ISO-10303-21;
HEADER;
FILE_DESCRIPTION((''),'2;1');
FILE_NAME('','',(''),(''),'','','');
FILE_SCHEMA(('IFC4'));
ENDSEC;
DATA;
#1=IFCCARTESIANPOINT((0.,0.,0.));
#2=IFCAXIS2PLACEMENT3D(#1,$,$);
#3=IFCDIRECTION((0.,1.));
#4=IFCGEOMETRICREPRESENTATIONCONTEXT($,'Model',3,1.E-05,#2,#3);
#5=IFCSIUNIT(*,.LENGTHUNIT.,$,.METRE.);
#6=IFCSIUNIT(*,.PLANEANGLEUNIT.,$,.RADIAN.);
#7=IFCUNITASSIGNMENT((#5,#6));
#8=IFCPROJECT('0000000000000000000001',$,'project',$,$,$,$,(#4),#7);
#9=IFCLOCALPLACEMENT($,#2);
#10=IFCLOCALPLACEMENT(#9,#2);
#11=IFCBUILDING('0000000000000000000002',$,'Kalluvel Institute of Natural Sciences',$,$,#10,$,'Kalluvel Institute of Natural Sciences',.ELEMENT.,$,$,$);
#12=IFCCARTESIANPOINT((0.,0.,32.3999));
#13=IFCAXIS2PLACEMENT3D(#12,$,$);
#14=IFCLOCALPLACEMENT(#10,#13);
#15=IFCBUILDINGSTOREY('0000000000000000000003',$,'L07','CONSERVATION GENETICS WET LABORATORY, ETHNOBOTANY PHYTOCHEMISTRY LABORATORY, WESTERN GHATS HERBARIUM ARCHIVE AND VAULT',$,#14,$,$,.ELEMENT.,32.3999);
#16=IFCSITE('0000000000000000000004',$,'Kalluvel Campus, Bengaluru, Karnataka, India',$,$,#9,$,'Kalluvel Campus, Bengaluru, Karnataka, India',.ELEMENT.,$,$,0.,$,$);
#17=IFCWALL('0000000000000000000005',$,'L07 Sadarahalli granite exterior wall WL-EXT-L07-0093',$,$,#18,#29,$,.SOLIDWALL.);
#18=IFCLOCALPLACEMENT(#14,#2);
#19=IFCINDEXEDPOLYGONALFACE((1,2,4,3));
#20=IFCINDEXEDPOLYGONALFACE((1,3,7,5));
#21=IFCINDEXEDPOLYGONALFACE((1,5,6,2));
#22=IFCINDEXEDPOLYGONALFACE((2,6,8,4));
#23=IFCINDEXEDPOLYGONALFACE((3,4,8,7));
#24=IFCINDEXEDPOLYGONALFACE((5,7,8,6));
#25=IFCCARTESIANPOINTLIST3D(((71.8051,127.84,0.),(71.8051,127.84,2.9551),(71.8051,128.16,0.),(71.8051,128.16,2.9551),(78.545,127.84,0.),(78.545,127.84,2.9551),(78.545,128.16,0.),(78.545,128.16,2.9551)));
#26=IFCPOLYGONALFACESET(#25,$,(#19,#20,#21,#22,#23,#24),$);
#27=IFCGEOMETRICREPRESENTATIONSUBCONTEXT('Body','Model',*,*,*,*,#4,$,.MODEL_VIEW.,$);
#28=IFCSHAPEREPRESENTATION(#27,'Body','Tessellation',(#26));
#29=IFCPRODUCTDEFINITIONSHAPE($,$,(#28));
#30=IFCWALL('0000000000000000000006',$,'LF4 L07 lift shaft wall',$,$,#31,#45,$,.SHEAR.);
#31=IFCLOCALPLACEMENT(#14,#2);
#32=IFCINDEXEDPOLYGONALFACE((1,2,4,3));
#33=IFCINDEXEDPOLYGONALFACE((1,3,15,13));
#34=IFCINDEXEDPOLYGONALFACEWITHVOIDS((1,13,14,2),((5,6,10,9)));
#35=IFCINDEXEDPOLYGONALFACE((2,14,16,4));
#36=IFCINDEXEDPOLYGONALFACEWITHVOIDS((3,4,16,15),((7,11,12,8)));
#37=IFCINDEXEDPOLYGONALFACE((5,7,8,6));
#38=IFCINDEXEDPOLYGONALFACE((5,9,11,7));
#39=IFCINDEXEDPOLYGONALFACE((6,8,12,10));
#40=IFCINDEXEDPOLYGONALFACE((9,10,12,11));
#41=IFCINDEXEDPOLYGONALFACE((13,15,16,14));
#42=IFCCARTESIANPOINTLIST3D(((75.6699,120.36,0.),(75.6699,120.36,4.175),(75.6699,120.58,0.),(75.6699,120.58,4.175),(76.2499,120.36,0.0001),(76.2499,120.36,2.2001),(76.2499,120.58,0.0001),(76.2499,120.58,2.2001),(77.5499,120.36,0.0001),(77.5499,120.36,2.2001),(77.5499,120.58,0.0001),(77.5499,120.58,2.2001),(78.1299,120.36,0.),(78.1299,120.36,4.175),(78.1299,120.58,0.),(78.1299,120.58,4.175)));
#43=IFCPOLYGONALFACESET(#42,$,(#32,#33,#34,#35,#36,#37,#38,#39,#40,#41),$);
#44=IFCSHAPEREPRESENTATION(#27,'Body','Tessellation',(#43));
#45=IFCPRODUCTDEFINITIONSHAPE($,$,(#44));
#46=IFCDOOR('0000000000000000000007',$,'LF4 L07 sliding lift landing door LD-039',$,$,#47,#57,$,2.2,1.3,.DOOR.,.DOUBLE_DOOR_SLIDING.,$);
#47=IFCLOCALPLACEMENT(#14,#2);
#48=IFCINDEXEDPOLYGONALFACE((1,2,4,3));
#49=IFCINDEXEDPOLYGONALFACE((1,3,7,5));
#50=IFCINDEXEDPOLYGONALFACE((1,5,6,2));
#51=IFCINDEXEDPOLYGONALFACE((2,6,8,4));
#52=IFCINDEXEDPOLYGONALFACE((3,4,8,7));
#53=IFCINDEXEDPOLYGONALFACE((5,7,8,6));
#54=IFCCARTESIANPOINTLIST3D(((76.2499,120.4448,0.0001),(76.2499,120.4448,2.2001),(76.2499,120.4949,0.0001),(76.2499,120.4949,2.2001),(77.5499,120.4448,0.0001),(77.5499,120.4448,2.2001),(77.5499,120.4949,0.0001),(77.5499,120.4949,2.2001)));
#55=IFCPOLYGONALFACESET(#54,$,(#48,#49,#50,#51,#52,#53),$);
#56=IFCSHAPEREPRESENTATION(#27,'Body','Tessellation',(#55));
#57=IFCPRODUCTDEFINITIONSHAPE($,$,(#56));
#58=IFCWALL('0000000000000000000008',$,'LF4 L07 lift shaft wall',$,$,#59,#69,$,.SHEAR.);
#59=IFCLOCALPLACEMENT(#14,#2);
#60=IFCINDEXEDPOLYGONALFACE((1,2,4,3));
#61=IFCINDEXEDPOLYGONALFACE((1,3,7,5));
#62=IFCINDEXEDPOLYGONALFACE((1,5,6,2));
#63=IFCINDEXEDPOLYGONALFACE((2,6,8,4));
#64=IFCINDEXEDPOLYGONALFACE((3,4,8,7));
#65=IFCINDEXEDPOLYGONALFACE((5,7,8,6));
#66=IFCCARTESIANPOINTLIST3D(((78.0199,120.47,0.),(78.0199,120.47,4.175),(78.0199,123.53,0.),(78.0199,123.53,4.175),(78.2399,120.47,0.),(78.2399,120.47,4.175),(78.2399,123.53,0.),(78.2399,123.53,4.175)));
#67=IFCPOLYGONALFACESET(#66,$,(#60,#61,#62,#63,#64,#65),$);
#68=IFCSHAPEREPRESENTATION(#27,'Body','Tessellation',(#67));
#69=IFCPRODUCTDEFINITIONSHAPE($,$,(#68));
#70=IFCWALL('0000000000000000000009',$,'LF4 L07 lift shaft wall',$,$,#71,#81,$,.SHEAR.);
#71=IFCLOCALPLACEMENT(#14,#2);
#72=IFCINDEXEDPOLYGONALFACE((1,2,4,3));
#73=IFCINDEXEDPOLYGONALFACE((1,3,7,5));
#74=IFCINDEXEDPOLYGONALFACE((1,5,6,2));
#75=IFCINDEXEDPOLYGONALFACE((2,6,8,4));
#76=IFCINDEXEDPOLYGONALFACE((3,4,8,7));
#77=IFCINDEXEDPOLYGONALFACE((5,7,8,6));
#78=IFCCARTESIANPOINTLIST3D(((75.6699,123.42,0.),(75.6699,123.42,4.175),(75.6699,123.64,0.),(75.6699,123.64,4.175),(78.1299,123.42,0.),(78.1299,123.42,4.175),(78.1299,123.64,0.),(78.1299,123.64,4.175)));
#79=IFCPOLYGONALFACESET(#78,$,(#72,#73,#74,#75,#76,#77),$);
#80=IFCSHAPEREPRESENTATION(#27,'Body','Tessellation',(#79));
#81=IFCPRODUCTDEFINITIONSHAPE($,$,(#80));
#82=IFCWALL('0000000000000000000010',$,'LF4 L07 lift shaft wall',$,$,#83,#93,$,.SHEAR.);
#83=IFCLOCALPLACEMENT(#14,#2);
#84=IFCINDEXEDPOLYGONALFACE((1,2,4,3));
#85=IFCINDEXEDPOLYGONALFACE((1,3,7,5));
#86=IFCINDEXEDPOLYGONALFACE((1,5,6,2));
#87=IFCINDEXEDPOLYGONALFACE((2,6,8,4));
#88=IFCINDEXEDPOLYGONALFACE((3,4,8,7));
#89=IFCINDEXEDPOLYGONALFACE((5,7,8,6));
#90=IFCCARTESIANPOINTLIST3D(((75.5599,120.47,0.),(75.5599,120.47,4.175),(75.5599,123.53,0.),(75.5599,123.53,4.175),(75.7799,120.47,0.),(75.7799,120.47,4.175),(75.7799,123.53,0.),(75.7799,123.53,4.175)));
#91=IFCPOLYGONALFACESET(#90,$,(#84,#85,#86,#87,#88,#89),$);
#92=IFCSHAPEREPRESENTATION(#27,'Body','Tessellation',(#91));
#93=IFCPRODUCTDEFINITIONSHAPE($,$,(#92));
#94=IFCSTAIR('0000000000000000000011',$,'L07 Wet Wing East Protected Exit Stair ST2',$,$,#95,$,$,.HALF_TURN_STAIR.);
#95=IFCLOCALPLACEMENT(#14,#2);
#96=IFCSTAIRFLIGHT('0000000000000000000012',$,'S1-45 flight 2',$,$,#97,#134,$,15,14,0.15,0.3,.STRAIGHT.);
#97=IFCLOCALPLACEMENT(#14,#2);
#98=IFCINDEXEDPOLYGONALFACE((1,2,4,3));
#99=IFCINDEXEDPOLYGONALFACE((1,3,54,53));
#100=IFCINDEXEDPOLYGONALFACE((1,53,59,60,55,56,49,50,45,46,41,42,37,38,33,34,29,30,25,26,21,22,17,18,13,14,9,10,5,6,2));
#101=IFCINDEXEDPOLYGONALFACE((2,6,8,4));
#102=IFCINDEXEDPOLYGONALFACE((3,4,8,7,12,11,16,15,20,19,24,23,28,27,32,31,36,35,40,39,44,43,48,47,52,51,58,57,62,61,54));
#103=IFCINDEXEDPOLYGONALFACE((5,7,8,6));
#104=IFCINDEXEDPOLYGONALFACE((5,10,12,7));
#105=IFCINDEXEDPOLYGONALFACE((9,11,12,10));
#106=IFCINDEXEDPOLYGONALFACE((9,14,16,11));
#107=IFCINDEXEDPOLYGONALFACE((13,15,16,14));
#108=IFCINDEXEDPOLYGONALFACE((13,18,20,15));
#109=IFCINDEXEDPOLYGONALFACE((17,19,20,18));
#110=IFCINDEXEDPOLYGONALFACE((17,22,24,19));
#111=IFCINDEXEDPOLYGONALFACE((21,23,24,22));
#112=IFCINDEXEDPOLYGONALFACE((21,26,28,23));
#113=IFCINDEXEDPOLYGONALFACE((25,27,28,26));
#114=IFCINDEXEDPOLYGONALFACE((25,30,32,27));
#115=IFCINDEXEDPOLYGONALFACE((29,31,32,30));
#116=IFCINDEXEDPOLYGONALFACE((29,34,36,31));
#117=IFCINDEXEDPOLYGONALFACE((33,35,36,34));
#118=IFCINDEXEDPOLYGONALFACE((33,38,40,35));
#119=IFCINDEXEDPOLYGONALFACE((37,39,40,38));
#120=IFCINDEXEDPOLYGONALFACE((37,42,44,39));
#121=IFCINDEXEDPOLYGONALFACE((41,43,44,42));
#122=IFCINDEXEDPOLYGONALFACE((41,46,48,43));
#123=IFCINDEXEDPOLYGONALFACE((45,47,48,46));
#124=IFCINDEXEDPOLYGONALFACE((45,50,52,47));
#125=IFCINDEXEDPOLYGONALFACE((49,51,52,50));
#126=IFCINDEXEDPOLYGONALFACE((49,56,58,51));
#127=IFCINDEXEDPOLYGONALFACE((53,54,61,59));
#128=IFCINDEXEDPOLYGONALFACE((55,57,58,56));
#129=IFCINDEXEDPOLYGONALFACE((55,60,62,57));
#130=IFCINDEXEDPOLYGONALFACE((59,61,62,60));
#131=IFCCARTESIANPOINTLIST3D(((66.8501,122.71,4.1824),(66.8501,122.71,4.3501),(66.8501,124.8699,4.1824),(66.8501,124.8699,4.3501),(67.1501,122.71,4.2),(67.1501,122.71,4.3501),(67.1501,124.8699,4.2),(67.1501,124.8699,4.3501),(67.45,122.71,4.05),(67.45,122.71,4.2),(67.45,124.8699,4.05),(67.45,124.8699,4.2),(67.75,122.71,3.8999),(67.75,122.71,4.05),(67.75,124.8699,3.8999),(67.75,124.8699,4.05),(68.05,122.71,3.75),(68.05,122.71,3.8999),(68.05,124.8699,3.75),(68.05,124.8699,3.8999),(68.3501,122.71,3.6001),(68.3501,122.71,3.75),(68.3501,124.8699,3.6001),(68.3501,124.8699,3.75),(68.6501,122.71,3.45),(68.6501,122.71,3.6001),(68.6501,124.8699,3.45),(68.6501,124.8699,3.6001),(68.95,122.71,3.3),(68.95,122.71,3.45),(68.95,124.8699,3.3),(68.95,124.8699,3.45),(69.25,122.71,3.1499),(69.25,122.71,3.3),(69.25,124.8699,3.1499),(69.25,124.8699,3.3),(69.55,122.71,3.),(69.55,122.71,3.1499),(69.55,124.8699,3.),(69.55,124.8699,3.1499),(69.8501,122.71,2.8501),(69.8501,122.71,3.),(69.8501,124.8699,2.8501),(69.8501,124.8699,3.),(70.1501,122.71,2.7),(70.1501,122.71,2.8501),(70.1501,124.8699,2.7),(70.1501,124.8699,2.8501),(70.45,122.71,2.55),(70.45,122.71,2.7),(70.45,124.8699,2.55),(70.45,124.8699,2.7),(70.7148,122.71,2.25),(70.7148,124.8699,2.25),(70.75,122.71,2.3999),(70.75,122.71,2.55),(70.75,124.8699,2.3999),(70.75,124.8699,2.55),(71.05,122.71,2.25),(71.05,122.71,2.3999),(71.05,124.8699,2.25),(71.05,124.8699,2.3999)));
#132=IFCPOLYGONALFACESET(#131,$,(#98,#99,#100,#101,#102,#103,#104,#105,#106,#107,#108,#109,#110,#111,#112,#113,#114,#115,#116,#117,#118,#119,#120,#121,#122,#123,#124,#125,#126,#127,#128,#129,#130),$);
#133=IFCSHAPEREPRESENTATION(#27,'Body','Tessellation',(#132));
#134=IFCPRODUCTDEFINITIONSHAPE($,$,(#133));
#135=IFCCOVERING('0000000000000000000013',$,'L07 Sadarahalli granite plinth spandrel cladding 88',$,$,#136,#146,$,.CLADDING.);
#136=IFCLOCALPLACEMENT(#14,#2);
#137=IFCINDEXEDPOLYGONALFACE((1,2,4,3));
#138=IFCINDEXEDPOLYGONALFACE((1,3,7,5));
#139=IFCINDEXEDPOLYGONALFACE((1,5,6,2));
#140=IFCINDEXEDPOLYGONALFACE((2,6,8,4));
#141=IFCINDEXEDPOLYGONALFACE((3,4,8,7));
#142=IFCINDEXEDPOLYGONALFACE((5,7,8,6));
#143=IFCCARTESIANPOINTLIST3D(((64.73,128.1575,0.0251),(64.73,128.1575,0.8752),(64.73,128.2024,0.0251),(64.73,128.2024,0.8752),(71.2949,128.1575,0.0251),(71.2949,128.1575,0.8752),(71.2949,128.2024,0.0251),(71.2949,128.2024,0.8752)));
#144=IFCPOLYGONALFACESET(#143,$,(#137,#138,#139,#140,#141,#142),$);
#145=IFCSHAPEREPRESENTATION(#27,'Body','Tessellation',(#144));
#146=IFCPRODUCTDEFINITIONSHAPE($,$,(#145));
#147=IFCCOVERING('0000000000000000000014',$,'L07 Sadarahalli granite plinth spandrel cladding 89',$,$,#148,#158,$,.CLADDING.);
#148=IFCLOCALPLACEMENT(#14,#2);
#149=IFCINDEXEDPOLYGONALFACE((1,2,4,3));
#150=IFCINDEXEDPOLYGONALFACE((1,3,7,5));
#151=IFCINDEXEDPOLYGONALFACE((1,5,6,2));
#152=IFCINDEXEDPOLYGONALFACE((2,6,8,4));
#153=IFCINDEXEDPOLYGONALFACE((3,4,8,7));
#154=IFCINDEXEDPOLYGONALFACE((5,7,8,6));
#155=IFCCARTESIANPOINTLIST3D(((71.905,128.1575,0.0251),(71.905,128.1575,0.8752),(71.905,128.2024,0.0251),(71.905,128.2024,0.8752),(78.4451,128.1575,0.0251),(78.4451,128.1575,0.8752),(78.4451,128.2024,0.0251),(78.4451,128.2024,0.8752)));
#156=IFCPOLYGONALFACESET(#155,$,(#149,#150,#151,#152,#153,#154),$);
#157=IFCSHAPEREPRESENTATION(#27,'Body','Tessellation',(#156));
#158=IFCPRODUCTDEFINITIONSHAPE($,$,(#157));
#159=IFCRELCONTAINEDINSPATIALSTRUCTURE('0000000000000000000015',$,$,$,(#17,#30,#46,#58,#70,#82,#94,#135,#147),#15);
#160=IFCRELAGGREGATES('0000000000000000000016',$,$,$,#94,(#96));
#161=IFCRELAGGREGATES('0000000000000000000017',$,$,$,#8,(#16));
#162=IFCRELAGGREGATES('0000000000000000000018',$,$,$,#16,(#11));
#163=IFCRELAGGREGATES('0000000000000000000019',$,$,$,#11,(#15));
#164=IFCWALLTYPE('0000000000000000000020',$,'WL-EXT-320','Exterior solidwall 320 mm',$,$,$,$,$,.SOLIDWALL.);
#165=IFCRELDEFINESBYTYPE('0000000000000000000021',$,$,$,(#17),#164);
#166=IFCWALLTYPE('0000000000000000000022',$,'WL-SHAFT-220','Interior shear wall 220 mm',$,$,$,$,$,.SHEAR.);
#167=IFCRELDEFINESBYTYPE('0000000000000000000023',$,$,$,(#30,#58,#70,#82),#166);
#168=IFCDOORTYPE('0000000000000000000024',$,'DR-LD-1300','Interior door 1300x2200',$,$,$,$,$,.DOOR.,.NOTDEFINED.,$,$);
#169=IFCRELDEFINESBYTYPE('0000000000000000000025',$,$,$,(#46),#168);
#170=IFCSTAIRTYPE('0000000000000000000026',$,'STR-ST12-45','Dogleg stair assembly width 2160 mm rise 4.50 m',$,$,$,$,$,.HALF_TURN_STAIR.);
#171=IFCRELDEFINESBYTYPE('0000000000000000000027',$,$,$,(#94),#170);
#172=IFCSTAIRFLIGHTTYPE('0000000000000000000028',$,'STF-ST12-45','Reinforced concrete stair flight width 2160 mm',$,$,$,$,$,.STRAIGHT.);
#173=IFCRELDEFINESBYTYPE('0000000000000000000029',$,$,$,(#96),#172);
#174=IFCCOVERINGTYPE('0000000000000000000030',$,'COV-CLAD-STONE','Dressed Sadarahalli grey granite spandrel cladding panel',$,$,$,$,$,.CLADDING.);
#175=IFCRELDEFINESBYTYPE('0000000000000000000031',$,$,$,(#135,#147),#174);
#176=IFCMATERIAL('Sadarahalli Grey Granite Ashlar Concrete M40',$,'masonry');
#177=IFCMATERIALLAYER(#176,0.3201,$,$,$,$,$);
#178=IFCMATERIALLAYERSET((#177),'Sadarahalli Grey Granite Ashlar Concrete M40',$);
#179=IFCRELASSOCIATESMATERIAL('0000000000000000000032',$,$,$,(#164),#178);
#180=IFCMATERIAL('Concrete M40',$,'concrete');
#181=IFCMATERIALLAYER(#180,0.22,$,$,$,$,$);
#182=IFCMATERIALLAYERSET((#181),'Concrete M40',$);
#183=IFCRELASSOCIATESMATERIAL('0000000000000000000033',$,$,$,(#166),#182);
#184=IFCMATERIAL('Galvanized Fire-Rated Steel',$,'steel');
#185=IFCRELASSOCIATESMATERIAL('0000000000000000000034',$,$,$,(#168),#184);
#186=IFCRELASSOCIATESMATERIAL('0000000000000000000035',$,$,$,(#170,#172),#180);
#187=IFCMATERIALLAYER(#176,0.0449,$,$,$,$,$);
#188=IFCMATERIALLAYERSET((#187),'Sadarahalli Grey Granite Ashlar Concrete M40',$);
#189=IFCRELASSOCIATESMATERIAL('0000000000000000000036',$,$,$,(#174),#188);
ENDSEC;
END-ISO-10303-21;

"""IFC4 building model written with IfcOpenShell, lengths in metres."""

from ifc_helpers import new_model, si_unit, direction, frame, frame_2d, origin, origin_2d, place, context, subcontext, project, spatial, polyline, rectangle, outline, extrude, material, layer, layer_set, type_object, element, fill, aggregate, save


model = new_model("IFC4")

# Units and contexts
model_context = context("Model", 3, precision=1e-05, world=origin(), true_north=direction((0.0, 1.0)))
body_context = subcontext(model_context, "Body", "Model", "MODEL_VIEW")
ifc_project = project(units=[si_unit("LENGTHUNIT", "METRE"), si_unit("PLANEANGLEUNIT", "RADIAN")], contexts=[model_context])

# Site, building, storey
site_placement = place(None, origin())
site = spatial("IfcSite", under=ifc_project, at=site_placement, Name="Kalluvel Campus, Bengaluru, Karnataka, India", LongName="Kalluvel Campus, Bengaluru, Karnataka, India", CompositionType="ELEMENT", RefElevation=0.0)
building_placement = place(site_placement, origin())
building = spatial("IfcBuilding", under=site, at=building_placement, Name="Kalluvel Institute of Natural Sciences", LongName="Kalluvel Institute of Natural Sciences", CompositionType="ELEMENT")
storey_placement = place(building_placement, frame((0.0, 0.0, 32.3999)))
storey = spatial("IfcBuildingStorey", under=building, at=storey_placement, Name="L07", Description="CONSERVATION GENETICS WET LABORATORY, ETHNOBOTANY PHYTOCHEMISTRY LABORATORY, WESTERN GHATS HERBARIUM ARCHIVE AND VAULT", CompositionType="ELEMENT", Elevation=32.3999)

# Shared definitions
ifc_material_1 = material(Name="Concrete M40", Category="concrete")

# Wall
ifc_material_2 = material(Name="Sadarahalli Grey Granite Ashlar Concrete M40", Category="masonry")
ifc_layer_1 = layer(ifc_material_2, 0.3201)
ifc_layer_set_1 = layer_set([ifc_layer_1], Name="Sadarahalli Grey Granite Ashlar Concrete M40")
wall_type_1 = type_object("IfcWallType", Name="WL-EXT-320", Description="Exterior solidwall 320 mm", PredefinedType="SOLIDWALL", material=ifc_layer_set_1)
wall_1_placement = place(storey_placement, frame((71.8049, 128.0, 0.0), z_axis=(0.0, 0.0, 1.0), x_axis=(1.0, 0.0, 0.0)))
element("IfcWall", 1, at=wall_1_placement, inside=storey, type_object=wall_type_1, Name="L07 Sadarahalli granite exterior wall WL-EXT-L07-0093", PredefinedType="SOLIDWALL", context=body_context, shape_type="SweptSolid", body=[
    extrude(rectangle(XDim=6.74, YDim=0.3201, at=frame_2d((3.3701, 0.0))), origin(), (0.0, 0.0, 1.0), 2.9551),
])

# Wall, opening, door
ifc_layer_2 = layer(ifc_material_1, 0.22)
ifc_layer_set_2 = layer_set([ifc_layer_2], Name="Concrete M40")
wall_type_2 = type_object("IfcWallType", Name="WL-SHAFT-220", Description="Interior shear wall 220 mm", PredefinedType="SHEAR", material=ifc_layer_set_2)
wall_2_placement = place(storey_placement, frame((75.6699, 120.47, 0.0), z_axis=(0.0, 0.0, 1.0), x_axis=(1.0, 0.0, 0.0)))
wall_2 = element("IfcWall", 2, at=wall_2_placement, inside=storey, type_object=wall_type_2, Name="LF4 L07 lift shaft wall", PredefinedType="SHEAR", context=body_context, shape_type="SweptSolid", body=[
    extrude(rectangle(XDim=2.46, YDim=0.22, at=frame_2d((1.23, 0.0))), origin(), (0.0, 0.0, 1.0), 4.175),
])
opening_placement = place(wall_2_placement, frame((0.5801, 0.0, 0.0)))
opening = element("IfcOpeningElement", 3, at=opening_placement, cuts=wall_2, PredefinedType="OPENING", context=body_context, shape_type="SweptSolid", body=[
    extrude(rectangle(XDim=1.3, YDim=2.2, at=frame_2d((0.6499, 1.1001))), frame((0.0, 0.1199, 0.0), z_axis=(0.0, -1.0, 0.0), x_axis=(1.0, 0.0, 0.0)), (0.0, 0.0, 1.0), 0.24),
])
ifc_material_3 = material(Name="Galvanized Fire-Rated Steel", Category="steel")
door_type = type_object("IfcDoorType", Name="DR-LD-1300", Description="Interior door 1300x2200", OperationType="NOTDEFINED", PredefinedType="DOOR", material=ifc_material_3)
door_placement = place(opening_placement, origin())
door = element("IfcDoor", 4, at=door_placement, inside=storey, type_object=door_type, Name="LF4 L07 sliding lift landing door LD-039", OperationType="DOUBLE_DOOR_SLIDING", OverallHeight=2.2, OverallWidth=1.3, PredefinedType="DOOR", context=body_context, shape_type="SweptSolid", body=[
    extrude(rectangle(XDim=1.3, YDim=2.2, at=frame_2d((0.6499, 1.1001))), frame((0.0, 0.0249, 0.0), z_axis=(0.0, -1.0, 0.0), x_axis=(1.0, 0.0, 0.0)), (0.0, 0.0, 1.0), 0.05),
])
fill(opening, door)

# Walls
wall_3_placement = place(storey_placement, frame((78.1299, 120.47, 0.0), z_axis=(0.0, 0.0, 1.0), x_axis=(0.0, 1.0, 0.0)))
element("IfcWall", 5, at=wall_3_placement, inside=storey, type_object=wall_type_2, Name="LF4 L07 lift shaft wall", PredefinedType="SHEAR", context=body_context, shape_type="SweptSolid", body=[
    extrude(rectangle(XDim=3.0601, YDim=0.22, at=frame_2d((1.53, 0.0))), origin(), (0.0, 0.0, 1.0), 4.175),
])
wall_4_placement = place(storey_placement, frame((78.1299, 123.53, 0.0), z_axis=(0.0, 0.0, 1.0), x_axis=(-1.0, 0.0, 0.0)))
element("IfcWall", 6, at=wall_4_placement, inside=storey, type_object=wall_type_2, Name="LF4 L07 lift shaft wall", PredefinedType="SHEAR", context=body_context, shape_type="SweptSolid", body=[
    extrude(rectangle(XDim=2.46, YDim=0.22, at=frame_2d((1.23, 0.0))), origin(), (0.0, 0.0, 1.0), 4.175),
])
wall_5_placement = place(storey_placement, frame((75.6699, 123.53, 0.0), z_axis=(0.0, 0.0, 1.0), x_axis=(0.0, -1.0, 0.0)))
element("IfcWall", 7, at=wall_5_placement, inside=storey, type_object=wall_type_2, Name="LF4 L07 lift shaft wall", PredefinedType="SHEAR", context=body_context, shape_type="SweptSolid", body=[
    extrude(rectangle(XDim=3.0601, YDim=0.22, at=frame_2d((1.53, 0.0))), origin(), (0.0, 0.0, 1.0), 4.175),
])

# Stair, stair flight
stair_type = type_object("IfcStairType", Name="STR-ST12-45", Description="Dogleg stair assembly width 2160 mm rise 4.50 m", PredefinedType="HALF_TURN_STAIR", material=ifc_material_1)
stair_placement = place(storey_placement, origin())
stair = element("IfcStair", 8, at=stair_placement, inside=storey, type_object=stair_type, Name="L07 Wet Wing East Protected Exit Stair ST2", PredefinedType="HALF_TURN_STAIR")
stair_flight_type = type_object("IfcStairFlightType", Name="STF-ST12-45", Description="Reinforced concrete stair flight width 2160 mm", PredefinedType="STRAIGHT", material=ifc_material_1)
stair_flight_placement = place(storey_placement, frame((71.05, 123.79, 2.25), z_axis=(0.0, 0.0, 1.0), x_axis=(-1.0, 0.0, 0.0)))
stair_flight = element("IfcStairFlight", 9, at=stair_flight_placement, type_object=stair_flight_type, Name="S1-45 flight 2", NumberOfRisers=15, NumberOfTreads=14, PredefinedType="STRAIGHT", RiserHeight=0.15, TreadLength=0.3, context=body_context, shape_type="SweptSolid", body=[
    extrude(outline(polyline([(0.0, 0.0), (0.0, 0.1499), (0.3, 0.1499), (0.3, 0.3), (0.6001, 0.3), (0.6001, 0.45), (0.8999, 0.45), (0.8999, 0.6001), (1.2, 0.6001), (1.2, 0.75), (1.5, 0.75), (1.5, 0.8999), (1.8, 0.8999), (1.8, 1.05), (2.1001, 1.05), (2.1001, 1.2), (2.3999, 1.2), (2.3999, 1.3501), (2.7, 1.3501), (2.7, 1.5), (3.0, 1.5), (3.0, 1.6499), (3.3, 1.6499), (3.3, 1.8), (3.6001, 1.8), (3.6001, 1.95), (3.8999, 1.95), (3.8999, 2.1001), (4.2, 2.1001), (4.2, 2.25), (4.2, 1.9324), (0.3352, 0.0), (0.0, 0.0)])), frame((0.0, 1.0801, 0.0), z_axis=(0.0, -1.0, 0.0), x_axis=(1.0, 0.0, 0.0)), (0.0, 0.0, 1.0), 2.1599),
])
aggregate(stair, [stair_flight])

# Coverings
ifc_layer_3 = layer(ifc_material_2, 0.0449)
ifc_layer_set_3 = layer_set([ifc_layer_3], Name="Sadarahalli Grey Granite Ashlar Concrete M40")
covering_type = type_object("IfcCoveringType", Name="COV-CLAD-STONE", Description="Dressed Sadarahalli grey granite spandrel cladding panel", PredefinedType="CLADDING", material=ifc_layer_set_3)
covering_1_placement = place(storey_placement, frame((68.0125, 128.1799, 0.0251), z_axis=(0.0, 0.0, 1.0), x_axis=(1.0, 0.0, 0.0)))
element("IfcCovering", 10, at=covering_1_placement, inside=storey, type_object=covering_type, Name="L07 Sadarahalli granite plinth spandrel cladding 88", PredefinedType="CLADDING", context=body_context, shape_type="SweptSolid", body=[
    extrude(rectangle(XDim=6.5649, YDim=0.0449, at=origin_2d()), origin(), (0.0, 0.0, 1.0), 0.8501),
])
covering_2_placement = place(storey_placement, frame((75.175, 128.1799, 0.0251), z_axis=(0.0, 0.0, 1.0), x_axis=(1.0, 0.0, 0.0)))
element("IfcCovering", 11, at=covering_2_placement, inside=storey, type_object=covering_type, Name="L07 Sadarahalli granite plinth spandrel cladding 89", PredefinedType="CLADDING", context=body_context, shape_type="SweptSolid", body=[
    extrude(rectangle(XDim=6.54, YDim=0.0449, at=origin_2d()), origin(), (0.0, 0.0, 1.0), 0.8501),
])

save(model, "model.ifc")
